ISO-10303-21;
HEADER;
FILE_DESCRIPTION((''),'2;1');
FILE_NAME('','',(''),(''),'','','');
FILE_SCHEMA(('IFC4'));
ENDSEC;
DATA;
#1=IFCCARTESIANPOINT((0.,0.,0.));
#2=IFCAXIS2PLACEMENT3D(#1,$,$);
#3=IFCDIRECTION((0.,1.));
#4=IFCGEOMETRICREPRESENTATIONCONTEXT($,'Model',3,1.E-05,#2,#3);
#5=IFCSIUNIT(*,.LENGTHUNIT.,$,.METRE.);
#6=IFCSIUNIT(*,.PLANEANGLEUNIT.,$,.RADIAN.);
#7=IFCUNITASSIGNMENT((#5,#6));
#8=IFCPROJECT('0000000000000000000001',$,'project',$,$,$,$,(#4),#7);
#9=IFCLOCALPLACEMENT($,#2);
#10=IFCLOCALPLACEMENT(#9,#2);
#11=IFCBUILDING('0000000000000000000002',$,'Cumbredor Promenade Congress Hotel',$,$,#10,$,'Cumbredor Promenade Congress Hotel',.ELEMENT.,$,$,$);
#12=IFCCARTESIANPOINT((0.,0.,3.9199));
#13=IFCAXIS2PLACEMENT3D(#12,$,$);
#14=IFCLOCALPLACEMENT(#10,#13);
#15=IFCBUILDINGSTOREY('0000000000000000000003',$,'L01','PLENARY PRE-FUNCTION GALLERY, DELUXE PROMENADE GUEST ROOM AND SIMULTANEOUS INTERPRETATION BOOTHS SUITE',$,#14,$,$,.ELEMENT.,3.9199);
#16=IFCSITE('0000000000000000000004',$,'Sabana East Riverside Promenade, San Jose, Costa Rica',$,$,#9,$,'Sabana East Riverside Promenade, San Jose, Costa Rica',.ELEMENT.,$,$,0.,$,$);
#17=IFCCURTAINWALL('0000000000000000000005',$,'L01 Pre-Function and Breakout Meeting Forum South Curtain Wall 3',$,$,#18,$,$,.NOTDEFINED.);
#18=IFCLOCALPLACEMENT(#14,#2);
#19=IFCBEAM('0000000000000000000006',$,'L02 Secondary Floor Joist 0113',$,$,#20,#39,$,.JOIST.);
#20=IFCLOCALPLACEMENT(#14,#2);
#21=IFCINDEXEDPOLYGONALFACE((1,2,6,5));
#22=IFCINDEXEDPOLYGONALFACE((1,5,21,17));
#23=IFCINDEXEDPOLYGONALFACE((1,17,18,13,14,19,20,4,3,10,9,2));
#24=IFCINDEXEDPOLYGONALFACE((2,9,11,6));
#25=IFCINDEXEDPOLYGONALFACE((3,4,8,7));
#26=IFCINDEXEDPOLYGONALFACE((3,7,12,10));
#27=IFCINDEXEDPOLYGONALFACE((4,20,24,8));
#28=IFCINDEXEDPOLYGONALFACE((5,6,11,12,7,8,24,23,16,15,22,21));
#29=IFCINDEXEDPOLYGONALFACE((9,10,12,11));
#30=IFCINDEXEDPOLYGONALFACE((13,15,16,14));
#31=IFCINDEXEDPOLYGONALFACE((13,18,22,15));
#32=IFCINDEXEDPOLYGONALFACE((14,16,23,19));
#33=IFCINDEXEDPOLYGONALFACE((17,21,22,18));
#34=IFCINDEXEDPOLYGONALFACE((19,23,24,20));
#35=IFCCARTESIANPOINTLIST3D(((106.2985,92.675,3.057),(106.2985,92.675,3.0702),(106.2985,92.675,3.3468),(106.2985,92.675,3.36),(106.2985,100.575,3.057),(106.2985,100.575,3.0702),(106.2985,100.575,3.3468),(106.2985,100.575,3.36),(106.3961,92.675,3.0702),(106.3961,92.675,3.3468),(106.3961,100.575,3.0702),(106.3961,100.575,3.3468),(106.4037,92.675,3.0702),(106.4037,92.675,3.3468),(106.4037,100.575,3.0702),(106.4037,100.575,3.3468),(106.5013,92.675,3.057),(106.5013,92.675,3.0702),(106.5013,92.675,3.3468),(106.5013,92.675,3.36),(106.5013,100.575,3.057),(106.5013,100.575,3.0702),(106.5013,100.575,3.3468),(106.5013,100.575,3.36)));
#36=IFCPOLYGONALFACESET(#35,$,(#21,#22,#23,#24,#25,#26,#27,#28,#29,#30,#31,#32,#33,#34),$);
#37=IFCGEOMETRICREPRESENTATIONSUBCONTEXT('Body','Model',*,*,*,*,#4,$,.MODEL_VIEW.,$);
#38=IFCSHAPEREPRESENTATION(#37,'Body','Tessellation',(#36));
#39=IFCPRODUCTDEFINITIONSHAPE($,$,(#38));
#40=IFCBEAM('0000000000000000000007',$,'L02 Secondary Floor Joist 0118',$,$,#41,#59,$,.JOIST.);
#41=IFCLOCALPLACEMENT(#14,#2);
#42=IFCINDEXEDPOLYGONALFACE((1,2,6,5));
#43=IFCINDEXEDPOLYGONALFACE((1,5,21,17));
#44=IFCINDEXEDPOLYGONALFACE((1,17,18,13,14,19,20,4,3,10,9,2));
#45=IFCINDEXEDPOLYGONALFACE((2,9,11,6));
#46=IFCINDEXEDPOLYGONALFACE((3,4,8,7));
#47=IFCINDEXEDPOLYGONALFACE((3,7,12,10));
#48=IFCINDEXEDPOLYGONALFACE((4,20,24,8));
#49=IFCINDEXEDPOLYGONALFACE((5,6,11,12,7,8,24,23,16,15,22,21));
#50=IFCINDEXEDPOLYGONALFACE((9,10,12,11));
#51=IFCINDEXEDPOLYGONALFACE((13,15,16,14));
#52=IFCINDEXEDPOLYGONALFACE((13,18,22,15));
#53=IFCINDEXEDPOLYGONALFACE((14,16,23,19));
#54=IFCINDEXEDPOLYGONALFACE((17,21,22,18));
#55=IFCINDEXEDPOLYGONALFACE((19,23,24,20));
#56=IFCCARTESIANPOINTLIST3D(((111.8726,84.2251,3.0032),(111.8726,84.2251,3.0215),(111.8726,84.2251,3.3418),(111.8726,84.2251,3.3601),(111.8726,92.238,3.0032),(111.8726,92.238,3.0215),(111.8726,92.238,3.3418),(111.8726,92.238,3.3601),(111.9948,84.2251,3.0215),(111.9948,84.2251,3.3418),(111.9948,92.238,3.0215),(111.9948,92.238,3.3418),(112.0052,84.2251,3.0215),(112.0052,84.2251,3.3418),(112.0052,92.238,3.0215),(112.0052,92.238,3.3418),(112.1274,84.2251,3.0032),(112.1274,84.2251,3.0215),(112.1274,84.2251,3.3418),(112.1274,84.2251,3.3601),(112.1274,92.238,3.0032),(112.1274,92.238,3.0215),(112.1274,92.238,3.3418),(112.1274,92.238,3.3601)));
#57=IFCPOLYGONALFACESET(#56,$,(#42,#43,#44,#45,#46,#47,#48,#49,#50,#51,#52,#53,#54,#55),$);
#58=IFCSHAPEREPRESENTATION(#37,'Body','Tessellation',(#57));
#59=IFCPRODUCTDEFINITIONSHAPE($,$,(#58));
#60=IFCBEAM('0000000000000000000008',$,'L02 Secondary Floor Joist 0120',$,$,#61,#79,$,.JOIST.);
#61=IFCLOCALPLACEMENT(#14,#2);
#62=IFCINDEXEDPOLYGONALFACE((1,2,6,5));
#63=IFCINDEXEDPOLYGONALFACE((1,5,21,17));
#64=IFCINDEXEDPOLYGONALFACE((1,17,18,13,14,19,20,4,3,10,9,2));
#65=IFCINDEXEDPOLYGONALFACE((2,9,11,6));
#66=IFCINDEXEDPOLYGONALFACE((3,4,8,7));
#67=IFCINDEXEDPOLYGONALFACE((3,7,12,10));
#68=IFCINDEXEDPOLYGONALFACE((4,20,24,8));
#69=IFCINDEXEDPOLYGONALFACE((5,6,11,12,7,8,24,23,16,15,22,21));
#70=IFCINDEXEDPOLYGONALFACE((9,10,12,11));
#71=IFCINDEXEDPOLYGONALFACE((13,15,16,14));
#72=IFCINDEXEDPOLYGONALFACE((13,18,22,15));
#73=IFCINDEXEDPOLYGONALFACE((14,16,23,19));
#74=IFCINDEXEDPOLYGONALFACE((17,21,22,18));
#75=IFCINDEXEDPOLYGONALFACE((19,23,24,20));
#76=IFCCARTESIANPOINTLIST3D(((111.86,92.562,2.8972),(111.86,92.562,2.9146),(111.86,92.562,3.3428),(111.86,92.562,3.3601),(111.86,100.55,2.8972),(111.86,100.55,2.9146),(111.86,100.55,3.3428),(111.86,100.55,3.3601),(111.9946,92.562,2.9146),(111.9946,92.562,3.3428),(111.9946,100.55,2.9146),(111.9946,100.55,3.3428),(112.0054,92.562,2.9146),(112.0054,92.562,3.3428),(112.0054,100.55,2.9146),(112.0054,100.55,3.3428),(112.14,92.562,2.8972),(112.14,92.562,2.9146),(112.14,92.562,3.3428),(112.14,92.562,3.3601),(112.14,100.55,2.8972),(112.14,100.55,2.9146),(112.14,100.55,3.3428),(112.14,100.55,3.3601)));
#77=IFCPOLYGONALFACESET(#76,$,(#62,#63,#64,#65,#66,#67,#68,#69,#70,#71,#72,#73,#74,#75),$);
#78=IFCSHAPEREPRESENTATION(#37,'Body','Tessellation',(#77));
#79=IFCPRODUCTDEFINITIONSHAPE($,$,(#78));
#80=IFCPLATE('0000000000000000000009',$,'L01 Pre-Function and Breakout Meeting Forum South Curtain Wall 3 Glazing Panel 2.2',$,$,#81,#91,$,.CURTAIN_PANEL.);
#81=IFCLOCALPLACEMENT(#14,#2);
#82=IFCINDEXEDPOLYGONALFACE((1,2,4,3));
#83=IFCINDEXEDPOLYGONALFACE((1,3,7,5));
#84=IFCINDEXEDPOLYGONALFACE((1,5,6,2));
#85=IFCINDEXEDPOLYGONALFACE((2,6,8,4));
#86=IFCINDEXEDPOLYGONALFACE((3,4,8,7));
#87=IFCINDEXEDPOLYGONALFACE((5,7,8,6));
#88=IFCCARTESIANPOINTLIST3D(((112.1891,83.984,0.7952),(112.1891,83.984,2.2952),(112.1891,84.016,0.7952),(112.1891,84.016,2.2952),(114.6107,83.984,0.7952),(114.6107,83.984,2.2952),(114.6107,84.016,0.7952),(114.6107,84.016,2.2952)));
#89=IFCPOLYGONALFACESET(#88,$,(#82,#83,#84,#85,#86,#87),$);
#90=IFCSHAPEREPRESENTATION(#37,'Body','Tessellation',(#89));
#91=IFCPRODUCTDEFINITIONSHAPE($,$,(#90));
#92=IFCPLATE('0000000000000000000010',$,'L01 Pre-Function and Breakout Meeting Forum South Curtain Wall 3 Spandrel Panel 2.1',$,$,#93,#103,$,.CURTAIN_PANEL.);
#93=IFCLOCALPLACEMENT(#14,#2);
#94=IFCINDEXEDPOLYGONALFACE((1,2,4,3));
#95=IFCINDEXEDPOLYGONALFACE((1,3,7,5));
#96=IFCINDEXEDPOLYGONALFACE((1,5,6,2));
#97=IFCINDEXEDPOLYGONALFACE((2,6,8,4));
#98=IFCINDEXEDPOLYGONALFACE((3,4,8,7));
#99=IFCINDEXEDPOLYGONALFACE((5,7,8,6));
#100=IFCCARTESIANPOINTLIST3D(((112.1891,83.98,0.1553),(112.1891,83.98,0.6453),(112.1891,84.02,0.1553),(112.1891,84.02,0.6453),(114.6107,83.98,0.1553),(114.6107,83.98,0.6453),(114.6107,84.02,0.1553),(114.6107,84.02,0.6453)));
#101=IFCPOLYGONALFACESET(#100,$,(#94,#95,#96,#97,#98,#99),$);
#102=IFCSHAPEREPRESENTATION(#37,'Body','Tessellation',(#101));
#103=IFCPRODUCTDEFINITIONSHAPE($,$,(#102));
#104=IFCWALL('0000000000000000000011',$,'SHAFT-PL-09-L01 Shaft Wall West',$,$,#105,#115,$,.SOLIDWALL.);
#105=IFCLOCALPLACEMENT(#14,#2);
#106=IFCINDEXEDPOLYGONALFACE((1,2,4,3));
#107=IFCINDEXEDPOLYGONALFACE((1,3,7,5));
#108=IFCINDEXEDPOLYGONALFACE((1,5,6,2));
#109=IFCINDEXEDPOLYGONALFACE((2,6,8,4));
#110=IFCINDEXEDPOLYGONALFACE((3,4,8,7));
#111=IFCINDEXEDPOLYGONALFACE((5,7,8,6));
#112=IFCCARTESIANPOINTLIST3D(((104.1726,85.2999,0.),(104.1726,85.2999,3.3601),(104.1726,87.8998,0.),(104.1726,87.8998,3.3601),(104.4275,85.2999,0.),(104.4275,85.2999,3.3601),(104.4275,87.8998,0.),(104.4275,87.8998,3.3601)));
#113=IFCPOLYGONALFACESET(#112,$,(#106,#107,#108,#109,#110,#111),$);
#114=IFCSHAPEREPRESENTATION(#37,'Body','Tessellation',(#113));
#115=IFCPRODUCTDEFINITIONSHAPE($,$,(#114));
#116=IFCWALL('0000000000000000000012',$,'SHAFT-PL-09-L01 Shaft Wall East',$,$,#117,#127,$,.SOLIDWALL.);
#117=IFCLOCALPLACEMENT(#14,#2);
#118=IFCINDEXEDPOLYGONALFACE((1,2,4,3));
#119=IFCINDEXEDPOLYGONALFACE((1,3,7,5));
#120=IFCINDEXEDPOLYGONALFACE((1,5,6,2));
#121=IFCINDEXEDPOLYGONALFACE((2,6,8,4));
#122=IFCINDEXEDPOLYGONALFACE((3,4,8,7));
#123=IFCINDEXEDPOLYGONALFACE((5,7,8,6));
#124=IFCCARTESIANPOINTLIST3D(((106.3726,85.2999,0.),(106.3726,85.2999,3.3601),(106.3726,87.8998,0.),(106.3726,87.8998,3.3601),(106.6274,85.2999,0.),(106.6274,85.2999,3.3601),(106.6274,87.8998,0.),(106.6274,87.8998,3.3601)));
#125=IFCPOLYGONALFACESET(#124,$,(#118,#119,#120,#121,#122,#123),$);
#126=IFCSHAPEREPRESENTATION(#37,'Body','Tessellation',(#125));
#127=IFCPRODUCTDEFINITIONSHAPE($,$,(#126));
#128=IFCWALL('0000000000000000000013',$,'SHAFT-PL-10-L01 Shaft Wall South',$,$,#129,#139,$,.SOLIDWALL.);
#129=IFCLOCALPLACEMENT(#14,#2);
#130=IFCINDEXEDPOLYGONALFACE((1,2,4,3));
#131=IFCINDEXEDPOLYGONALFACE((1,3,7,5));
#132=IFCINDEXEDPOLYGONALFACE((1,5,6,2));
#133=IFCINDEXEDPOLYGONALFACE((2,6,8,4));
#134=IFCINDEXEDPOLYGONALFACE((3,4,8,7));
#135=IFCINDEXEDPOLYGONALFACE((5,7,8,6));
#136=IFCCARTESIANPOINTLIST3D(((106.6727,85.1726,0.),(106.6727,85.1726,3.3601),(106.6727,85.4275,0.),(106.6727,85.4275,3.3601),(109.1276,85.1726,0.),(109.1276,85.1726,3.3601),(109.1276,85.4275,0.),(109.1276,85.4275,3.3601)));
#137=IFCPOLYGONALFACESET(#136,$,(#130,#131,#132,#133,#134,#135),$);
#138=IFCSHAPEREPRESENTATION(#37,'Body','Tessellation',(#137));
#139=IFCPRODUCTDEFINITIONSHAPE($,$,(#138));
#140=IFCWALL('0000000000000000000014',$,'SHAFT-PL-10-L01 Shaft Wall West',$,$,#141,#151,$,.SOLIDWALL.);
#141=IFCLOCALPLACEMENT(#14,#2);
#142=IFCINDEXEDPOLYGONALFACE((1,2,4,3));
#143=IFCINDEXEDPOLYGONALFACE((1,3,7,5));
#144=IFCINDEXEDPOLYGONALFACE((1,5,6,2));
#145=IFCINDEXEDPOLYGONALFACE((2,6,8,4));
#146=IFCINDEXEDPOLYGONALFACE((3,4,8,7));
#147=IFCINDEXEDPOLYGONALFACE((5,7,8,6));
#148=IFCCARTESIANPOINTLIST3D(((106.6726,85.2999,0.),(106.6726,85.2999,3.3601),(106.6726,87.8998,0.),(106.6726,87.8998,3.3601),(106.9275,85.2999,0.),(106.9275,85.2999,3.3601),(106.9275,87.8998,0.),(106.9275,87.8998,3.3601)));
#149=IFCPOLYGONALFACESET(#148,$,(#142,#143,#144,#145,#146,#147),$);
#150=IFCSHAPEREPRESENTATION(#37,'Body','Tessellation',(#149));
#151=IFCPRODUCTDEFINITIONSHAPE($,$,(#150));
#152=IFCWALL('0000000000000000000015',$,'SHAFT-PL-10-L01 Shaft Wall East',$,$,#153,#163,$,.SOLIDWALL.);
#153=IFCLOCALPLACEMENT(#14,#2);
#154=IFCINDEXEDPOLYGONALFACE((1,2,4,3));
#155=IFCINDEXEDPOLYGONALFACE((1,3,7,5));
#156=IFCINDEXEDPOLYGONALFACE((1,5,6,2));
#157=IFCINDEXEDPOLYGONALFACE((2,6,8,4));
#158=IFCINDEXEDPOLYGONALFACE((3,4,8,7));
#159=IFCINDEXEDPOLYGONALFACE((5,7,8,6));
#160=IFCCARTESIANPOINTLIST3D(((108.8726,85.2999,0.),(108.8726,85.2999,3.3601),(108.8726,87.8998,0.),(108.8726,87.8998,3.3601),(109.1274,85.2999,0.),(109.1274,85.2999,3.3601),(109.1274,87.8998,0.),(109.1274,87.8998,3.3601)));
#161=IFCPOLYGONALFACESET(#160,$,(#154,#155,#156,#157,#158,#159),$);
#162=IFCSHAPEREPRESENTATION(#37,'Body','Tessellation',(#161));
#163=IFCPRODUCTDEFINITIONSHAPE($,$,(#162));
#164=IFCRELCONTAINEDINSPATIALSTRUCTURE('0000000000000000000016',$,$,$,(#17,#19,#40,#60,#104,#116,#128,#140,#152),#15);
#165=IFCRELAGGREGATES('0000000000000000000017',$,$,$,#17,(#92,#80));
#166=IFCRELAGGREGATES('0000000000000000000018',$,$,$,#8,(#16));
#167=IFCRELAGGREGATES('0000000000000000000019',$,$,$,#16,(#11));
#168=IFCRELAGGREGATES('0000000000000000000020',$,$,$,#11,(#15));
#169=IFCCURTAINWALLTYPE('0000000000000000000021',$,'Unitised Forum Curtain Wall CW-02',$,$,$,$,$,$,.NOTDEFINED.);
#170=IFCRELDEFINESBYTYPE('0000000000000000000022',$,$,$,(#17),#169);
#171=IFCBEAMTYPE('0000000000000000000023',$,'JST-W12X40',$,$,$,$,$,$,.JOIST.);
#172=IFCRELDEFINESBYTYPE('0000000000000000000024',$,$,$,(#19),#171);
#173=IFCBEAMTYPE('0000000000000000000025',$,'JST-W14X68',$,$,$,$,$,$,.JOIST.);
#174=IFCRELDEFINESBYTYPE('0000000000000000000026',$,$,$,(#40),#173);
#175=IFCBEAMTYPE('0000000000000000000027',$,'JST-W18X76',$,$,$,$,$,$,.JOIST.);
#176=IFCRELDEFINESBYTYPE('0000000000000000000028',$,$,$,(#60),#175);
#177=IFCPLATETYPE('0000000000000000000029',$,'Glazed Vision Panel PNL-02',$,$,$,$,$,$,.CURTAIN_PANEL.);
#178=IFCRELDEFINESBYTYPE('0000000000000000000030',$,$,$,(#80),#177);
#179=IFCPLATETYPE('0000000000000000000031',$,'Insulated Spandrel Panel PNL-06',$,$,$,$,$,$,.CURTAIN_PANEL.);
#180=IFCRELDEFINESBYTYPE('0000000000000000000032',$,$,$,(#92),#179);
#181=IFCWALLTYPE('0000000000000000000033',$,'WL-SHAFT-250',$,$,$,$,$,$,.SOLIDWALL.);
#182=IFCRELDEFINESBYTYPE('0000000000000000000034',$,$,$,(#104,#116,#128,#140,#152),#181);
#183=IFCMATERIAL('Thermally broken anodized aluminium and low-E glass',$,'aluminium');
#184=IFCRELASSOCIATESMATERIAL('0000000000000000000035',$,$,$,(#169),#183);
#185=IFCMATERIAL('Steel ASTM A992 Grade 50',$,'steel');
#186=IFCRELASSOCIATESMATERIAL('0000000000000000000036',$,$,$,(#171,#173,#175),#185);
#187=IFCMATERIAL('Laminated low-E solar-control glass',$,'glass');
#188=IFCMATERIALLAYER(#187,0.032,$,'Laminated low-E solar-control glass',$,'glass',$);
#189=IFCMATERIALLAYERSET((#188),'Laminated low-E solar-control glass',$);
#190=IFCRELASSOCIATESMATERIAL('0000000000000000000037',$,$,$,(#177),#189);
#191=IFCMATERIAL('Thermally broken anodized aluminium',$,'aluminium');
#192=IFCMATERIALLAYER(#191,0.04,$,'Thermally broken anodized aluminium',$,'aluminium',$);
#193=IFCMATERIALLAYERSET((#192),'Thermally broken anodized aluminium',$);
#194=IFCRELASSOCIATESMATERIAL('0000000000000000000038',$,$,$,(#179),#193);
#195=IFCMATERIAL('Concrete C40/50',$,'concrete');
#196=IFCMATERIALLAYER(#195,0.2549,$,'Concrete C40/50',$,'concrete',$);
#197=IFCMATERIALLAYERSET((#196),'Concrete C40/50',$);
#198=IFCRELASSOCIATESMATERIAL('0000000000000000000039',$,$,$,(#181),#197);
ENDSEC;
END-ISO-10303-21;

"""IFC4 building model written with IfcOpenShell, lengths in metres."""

from ifc_helpers import new_model, si_unit, direction, frame, frame_2d, origin, origin_2d, place, context, subcontext, project, spatial, rectangle, i_section, extrude, material, layer, layer_set, material_profile, profile_set, type_object, element, aggregate, save


model = new_model("IFC4")

# Units and contexts
model_context = context("Model", 3, precision=1e-05, world=origin(), true_north=direction((0.0, 1.0)))
body_context = subcontext(model_context, "Body", "Model", "MODEL_VIEW")
ifc_project = project(units=[si_unit("LENGTHUNIT", "METRE"), si_unit("PLANEANGLEUNIT", "RADIAN")], contexts=[model_context])

# Site, building, storey
site_placement = place(None, origin())
site = spatial("IfcSite", under=ifc_project, at=site_placement, Name="Sabana East Riverside Promenade, San Jose, Costa Rica", LongName="Sabana East Riverside Promenade, San Jose, Costa Rica", CompositionType="ELEMENT", RefElevation=0.0)
building_placement = place(site_placement, origin())
building = spatial("IfcBuilding", under=site, at=building_placement, Name="Cumbredor Promenade Congress Hotel", LongName="Cumbredor Promenade Congress Hotel", CompositionType="ELEMENT")
storey_placement = place(building_placement, frame((0.0, 0.0, 3.9199)))
storey = spatial("IfcBuildingStorey", under=building, at=storey_placement, Name="L01", Description="PLENARY PRE-FUNCTION GALLERY, DELUXE PROMENADE GUEST ROOM AND SIMULTANEOUS INTERPRETATION BOOTHS SUITE", CompositionType="ELEMENT", Elevation=3.9199)

# Shared definitions
ifc_material_1 = material(Name="Concrete C40/50", Category="concrete")
ifc_material_2 = material(Name="Steel ASTM A992 Grade 50", Category="steel")

# Curtain wall
ifc_material_3 = material(Name="Thermally broken anodized aluminium and low-E glass", Category="aluminium")
curtain_wall_type = type_object("IfcCurtainWallType", Name="Unitised Forum Curtain Wall CW-02", PredefinedType="NOTDEFINED", material=ifc_material_3)
curtain_wall_placement = place(storey_placement, origin())
curtain_wall = element("IfcCurtainWall", 1, at=curtain_wall_placement, inside=storey, type_object=curtain_wall_type, Name="L01 Pre-Function and Breakout Meeting Forum South Curtain Wall 3", PredefinedType="NOTDEFINED")
ifc_material_4 = material(Name="Thermally broken anodized aluminium", Category="aluminium")

# Beams
ifc_material_profile_1 = material_profile(ifc_material_2, i_section(OverallWidth=0.2029, OverallDepth=0.303, WebThickness=0.0076, FlangeThickness=0.0132, at=origin_2d()), Name="W12X40")
ifc_profile_set_1 = profile_set([ifc_material_profile_1], Name="Steel ASTM A992 Grade 50")
beam_type_1 = type_object("IfcBeamType", Name="JST-W12X40", PredefinedType="JOIST", material=ifc_profile_set_1)
beam_1_placement = place(storey_placement, frame((106.3999, 92.675, 3.2085), z_axis=(0.0, 1.0, 0.0), x_axis=(-1.0, 0.0, 0.0)))
element("IfcBeam", 2, at=beam_1_placement, inside=storey, type_object=beam_type_1, Name="L02 Secondary Floor Joist 0113", PredefinedType="JOIST", context=body_context, shape_type="SweptSolid", body=[
    extrude(i_section(OverallWidth=0.2029, OverallDepth=0.303, WebThickness=0.0076, FlangeThickness=0.0132, at=origin_2d()), origin(), (0.0, 0.0, 1.0), 7.8999),
])
ifc_material_profile_2 = material_profile(ifc_material_2, i_section(OverallWidth=0.2549, OverallDepth=0.3569, WebThickness=0.0105, FlangeThickness=0.0183, at=origin_2d()), Name="W14X68")
ifc_profile_set_2 = profile_set([ifc_material_profile_2], Name="Steel ASTM A992 Grade 50")
beam_type_2 = type_object("IfcBeamType", Name="JST-W14X68", PredefinedType="JOIST", material=ifc_profile_set_2)
beam_2_placement = place(storey_placement, frame((112.0, 84.2251, 3.1816), z_axis=(0.0, 1.0, 0.0), x_axis=(-1.0, 0.0, 0.0)))
element("IfcBeam", 3, at=beam_2_placement, inside=storey, type_object=beam_type_2, Name="L02 Secondary Floor Joist 0118", PredefinedType="JOIST", context=body_context, shape_type="SweptSolid", body=[
    extrude(i_section(OverallWidth=0.2549, OverallDepth=0.3569, WebThickness=0.0105, FlangeThickness=0.0183, at=origin_2d()), origin(), (0.0, 0.0, 1.0), 8.0129),
])
ifc_material_profile_3 = material_profile(ifc_material_2, i_section(OverallWidth=0.28, OverallDepth=0.4629, WebThickness=0.0107, FlangeThickness=0.0173, at=origin_2d()), Name="W18X76")
ifc_profile_set_3 = profile_set([ifc_material_profile_3], Name="Steel ASTM A992 Grade 50")
beam_type_3 = type_object("IfcBeamType", Name="JST-W18X76", PredefinedType="JOIST", material=ifc_profile_set_3)
beam_3_placement = place(storey_placement, frame((112.0, 92.562, 3.1287), z_axis=(0.0, 1.0, 0.0), x_axis=(-1.0, 0.0, 0.0)))
element("IfcBeam", 4, at=beam_3_placement, inside=storey, type_object=beam_type_3, Name="L02 Secondary Floor Joist 0120", PredefinedType="JOIST", context=body_context, shape_type="SweptSolid", body=[
    extrude(i_section(OverallWidth=0.28, OverallDepth=0.4629, WebThickness=0.0107, FlangeThickness=0.0173, at=origin_2d()), origin(), (0.0, 0.0, 1.0), 7.988),
])

# Plates
ifc_material_5 = material(Name="Laminated low-E solar-control glass", Category="glass")
ifc_layer_1 = layer(ifc_material_5, 0.032, Name="Laminated low-E solar-control glass", Category="glass")
ifc_layer_set_1 = layer_set([ifc_layer_1], Name="Laminated low-E solar-control glass")
plate_type_1 = type_object("IfcPlateType", Name="Glazed Vision Panel PNL-02", PredefinedType="CURTAIN_PANEL", material=ifc_layer_set_1)
plate_1_placement = place(storey_placement, frame((113.3999, 84.0, 0.7952), z_axis=(0.0, 0.0, 1.0), x_axis=(1.0, 0.0, 0.0)))
plate_1 = element("IfcPlate", 5, at=plate_1_placement, type_object=plate_type_1, Name="L01 Pre-Function and Breakout Meeting Forum South Curtain Wall 3 Glazing Panel 2.2", PredefinedType="CURTAIN_PANEL", context=body_context, shape_type="SweptSolid", body=[
    extrude(rectangle(XDim=2.4216, YDim=0.032, at=origin_2d()), origin(), (0.0, 0.0, 1.0), 1.5),
])
ifc_layer_2 = layer(ifc_material_4, 0.04, Name="Thermally broken anodized aluminium", Category="aluminium")
ifc_layer_set_2 = layer_set([ifc_layer_2], Name="Thermally broken anodized aluminium")
plate_type_2 = type_object("IfcPlateType", Name="Insulated Spandrel Panel PNL-06", PredefinedType="CURTAIN_PANEL", material=ifc_layer_set_2)
plate_2_placement = place(storey_placement, frame((113.3999, 84.0, 0.1553), z_axis=(0.0, 0.0, 1.0), x_axis=(1.0, 0.0, 0.0)))
plate_2 = element("IfcPlate", 6, at=plate_2_placement, type_object=plate_type_2, Name="L01 Pre-Function and Breakout Meeting Forum South Curtain Wall 3 Spandrel Panel 2.1", PredefinedType="CURTAIN_PANEL", context=body_context, shape_type="SweptSolid", body=[
    extrude(rectangle(XDim=2.4216, YDim=0.04, at=origin_2d()), origin(), (0.0, 0.0, 1.0), 0.49),
])
aggregate(curtain_wall, [plate_2, plate_1])

# Walls
ifc_layer_3 = layer(ifc_material_1, 0.2549, Name="Concrete C40/50", Category="concrete")
ifc_layer_set_3 = layer_set([ifc_layer_3], Name="Concrete C40/50")
wall_type = type_object("IfcWallType", Name="WL-SHAFT-250", PredefinedType="SOLIDWALL", material=ifc_layer_set_3)
for number, where, z_axis, x_axis, name in (
    (7, (104.3, 85.3, 0.0), (0.0, 0.0, 1.0), (0.0, 1.0, 0.0), "SHAFT-PL-09-L01 Shaft Wall West"),
    (8, (106.5, 85.3, 0.0), (0.0, 0.0, 1.0), (0.0, 1.0, 0.0), "SHAFT-PL-09-L01 Shaft Wall East"),
):
    element("IfcWall", number, at=place(storey_placement, frame(where, z_axis=z_axis, x_axis=x_axis)), inside=storey, type_object=wall_type, Name=name, PredefinedType="SOLIDWALL", context=body_context, shape_type="SweptSolid", body=[
        extrude(rectangle(XDim=2.5999, YDim=0.2549, at=frame_2d((1.2998, 0.0))), origin(), (0.0, 0.0, 1.0), 3.3601),
    ])
wall_1_placement = place(storey_placement, frame((106.6726, 85.3, 0.0), z_axis=(0.0, 0.0, 1.0), x_axis=(1.0, 0.0, 0.0)))
element("IfcWall", 9, at=wall_1_placement, inside=storey, type_object=wall_type, Name="SHAFT-PL-10-L01 Shaft Wall South", PredefinedType="SOLIDWALL", context=body_context, shape_type="SweptSolid", body=[
    extrude(rectangle(XDim=2.4548, YDim=0.2549, at=frame_2d((1.2275, 0.0))), origin(), (0.0, 0.0, 1.0), 3.3601),
])

# Walls
for number, where, z_axis, x_axis, name in (
    (10, (106.8, 85.3, 0.0), (0.0, 0.0, 1.0), (0.0, 1.0, 0.0), "SHAFT-PL-10-L01 Shaft Wall West"),
    (11, (109.0, 85.3, 0.0), (0.0, 0.0, 1.0), (0.0, 1.0, 0.0), "SHAFT-PL-10-L01 Shaft Wall East"),
):
    element("IfcWall", number, at=place(storey_placement, frame(where, z_axis=z_axis, x_axis=x_axis)), inside=storey, type_object=wall_type, Name=name, PredefinedType="SOLIDWALL", context=body_context, shape_type="SweptSolid", body=[
        extrude(rectangle(XDim=2.5999, YDim=0.2549, at=frame_2d((1.2998, 0.0))), origin(), (0.0, 0.0, 1.0), 3.3601),
    ])

save(model, "model.ifc")
